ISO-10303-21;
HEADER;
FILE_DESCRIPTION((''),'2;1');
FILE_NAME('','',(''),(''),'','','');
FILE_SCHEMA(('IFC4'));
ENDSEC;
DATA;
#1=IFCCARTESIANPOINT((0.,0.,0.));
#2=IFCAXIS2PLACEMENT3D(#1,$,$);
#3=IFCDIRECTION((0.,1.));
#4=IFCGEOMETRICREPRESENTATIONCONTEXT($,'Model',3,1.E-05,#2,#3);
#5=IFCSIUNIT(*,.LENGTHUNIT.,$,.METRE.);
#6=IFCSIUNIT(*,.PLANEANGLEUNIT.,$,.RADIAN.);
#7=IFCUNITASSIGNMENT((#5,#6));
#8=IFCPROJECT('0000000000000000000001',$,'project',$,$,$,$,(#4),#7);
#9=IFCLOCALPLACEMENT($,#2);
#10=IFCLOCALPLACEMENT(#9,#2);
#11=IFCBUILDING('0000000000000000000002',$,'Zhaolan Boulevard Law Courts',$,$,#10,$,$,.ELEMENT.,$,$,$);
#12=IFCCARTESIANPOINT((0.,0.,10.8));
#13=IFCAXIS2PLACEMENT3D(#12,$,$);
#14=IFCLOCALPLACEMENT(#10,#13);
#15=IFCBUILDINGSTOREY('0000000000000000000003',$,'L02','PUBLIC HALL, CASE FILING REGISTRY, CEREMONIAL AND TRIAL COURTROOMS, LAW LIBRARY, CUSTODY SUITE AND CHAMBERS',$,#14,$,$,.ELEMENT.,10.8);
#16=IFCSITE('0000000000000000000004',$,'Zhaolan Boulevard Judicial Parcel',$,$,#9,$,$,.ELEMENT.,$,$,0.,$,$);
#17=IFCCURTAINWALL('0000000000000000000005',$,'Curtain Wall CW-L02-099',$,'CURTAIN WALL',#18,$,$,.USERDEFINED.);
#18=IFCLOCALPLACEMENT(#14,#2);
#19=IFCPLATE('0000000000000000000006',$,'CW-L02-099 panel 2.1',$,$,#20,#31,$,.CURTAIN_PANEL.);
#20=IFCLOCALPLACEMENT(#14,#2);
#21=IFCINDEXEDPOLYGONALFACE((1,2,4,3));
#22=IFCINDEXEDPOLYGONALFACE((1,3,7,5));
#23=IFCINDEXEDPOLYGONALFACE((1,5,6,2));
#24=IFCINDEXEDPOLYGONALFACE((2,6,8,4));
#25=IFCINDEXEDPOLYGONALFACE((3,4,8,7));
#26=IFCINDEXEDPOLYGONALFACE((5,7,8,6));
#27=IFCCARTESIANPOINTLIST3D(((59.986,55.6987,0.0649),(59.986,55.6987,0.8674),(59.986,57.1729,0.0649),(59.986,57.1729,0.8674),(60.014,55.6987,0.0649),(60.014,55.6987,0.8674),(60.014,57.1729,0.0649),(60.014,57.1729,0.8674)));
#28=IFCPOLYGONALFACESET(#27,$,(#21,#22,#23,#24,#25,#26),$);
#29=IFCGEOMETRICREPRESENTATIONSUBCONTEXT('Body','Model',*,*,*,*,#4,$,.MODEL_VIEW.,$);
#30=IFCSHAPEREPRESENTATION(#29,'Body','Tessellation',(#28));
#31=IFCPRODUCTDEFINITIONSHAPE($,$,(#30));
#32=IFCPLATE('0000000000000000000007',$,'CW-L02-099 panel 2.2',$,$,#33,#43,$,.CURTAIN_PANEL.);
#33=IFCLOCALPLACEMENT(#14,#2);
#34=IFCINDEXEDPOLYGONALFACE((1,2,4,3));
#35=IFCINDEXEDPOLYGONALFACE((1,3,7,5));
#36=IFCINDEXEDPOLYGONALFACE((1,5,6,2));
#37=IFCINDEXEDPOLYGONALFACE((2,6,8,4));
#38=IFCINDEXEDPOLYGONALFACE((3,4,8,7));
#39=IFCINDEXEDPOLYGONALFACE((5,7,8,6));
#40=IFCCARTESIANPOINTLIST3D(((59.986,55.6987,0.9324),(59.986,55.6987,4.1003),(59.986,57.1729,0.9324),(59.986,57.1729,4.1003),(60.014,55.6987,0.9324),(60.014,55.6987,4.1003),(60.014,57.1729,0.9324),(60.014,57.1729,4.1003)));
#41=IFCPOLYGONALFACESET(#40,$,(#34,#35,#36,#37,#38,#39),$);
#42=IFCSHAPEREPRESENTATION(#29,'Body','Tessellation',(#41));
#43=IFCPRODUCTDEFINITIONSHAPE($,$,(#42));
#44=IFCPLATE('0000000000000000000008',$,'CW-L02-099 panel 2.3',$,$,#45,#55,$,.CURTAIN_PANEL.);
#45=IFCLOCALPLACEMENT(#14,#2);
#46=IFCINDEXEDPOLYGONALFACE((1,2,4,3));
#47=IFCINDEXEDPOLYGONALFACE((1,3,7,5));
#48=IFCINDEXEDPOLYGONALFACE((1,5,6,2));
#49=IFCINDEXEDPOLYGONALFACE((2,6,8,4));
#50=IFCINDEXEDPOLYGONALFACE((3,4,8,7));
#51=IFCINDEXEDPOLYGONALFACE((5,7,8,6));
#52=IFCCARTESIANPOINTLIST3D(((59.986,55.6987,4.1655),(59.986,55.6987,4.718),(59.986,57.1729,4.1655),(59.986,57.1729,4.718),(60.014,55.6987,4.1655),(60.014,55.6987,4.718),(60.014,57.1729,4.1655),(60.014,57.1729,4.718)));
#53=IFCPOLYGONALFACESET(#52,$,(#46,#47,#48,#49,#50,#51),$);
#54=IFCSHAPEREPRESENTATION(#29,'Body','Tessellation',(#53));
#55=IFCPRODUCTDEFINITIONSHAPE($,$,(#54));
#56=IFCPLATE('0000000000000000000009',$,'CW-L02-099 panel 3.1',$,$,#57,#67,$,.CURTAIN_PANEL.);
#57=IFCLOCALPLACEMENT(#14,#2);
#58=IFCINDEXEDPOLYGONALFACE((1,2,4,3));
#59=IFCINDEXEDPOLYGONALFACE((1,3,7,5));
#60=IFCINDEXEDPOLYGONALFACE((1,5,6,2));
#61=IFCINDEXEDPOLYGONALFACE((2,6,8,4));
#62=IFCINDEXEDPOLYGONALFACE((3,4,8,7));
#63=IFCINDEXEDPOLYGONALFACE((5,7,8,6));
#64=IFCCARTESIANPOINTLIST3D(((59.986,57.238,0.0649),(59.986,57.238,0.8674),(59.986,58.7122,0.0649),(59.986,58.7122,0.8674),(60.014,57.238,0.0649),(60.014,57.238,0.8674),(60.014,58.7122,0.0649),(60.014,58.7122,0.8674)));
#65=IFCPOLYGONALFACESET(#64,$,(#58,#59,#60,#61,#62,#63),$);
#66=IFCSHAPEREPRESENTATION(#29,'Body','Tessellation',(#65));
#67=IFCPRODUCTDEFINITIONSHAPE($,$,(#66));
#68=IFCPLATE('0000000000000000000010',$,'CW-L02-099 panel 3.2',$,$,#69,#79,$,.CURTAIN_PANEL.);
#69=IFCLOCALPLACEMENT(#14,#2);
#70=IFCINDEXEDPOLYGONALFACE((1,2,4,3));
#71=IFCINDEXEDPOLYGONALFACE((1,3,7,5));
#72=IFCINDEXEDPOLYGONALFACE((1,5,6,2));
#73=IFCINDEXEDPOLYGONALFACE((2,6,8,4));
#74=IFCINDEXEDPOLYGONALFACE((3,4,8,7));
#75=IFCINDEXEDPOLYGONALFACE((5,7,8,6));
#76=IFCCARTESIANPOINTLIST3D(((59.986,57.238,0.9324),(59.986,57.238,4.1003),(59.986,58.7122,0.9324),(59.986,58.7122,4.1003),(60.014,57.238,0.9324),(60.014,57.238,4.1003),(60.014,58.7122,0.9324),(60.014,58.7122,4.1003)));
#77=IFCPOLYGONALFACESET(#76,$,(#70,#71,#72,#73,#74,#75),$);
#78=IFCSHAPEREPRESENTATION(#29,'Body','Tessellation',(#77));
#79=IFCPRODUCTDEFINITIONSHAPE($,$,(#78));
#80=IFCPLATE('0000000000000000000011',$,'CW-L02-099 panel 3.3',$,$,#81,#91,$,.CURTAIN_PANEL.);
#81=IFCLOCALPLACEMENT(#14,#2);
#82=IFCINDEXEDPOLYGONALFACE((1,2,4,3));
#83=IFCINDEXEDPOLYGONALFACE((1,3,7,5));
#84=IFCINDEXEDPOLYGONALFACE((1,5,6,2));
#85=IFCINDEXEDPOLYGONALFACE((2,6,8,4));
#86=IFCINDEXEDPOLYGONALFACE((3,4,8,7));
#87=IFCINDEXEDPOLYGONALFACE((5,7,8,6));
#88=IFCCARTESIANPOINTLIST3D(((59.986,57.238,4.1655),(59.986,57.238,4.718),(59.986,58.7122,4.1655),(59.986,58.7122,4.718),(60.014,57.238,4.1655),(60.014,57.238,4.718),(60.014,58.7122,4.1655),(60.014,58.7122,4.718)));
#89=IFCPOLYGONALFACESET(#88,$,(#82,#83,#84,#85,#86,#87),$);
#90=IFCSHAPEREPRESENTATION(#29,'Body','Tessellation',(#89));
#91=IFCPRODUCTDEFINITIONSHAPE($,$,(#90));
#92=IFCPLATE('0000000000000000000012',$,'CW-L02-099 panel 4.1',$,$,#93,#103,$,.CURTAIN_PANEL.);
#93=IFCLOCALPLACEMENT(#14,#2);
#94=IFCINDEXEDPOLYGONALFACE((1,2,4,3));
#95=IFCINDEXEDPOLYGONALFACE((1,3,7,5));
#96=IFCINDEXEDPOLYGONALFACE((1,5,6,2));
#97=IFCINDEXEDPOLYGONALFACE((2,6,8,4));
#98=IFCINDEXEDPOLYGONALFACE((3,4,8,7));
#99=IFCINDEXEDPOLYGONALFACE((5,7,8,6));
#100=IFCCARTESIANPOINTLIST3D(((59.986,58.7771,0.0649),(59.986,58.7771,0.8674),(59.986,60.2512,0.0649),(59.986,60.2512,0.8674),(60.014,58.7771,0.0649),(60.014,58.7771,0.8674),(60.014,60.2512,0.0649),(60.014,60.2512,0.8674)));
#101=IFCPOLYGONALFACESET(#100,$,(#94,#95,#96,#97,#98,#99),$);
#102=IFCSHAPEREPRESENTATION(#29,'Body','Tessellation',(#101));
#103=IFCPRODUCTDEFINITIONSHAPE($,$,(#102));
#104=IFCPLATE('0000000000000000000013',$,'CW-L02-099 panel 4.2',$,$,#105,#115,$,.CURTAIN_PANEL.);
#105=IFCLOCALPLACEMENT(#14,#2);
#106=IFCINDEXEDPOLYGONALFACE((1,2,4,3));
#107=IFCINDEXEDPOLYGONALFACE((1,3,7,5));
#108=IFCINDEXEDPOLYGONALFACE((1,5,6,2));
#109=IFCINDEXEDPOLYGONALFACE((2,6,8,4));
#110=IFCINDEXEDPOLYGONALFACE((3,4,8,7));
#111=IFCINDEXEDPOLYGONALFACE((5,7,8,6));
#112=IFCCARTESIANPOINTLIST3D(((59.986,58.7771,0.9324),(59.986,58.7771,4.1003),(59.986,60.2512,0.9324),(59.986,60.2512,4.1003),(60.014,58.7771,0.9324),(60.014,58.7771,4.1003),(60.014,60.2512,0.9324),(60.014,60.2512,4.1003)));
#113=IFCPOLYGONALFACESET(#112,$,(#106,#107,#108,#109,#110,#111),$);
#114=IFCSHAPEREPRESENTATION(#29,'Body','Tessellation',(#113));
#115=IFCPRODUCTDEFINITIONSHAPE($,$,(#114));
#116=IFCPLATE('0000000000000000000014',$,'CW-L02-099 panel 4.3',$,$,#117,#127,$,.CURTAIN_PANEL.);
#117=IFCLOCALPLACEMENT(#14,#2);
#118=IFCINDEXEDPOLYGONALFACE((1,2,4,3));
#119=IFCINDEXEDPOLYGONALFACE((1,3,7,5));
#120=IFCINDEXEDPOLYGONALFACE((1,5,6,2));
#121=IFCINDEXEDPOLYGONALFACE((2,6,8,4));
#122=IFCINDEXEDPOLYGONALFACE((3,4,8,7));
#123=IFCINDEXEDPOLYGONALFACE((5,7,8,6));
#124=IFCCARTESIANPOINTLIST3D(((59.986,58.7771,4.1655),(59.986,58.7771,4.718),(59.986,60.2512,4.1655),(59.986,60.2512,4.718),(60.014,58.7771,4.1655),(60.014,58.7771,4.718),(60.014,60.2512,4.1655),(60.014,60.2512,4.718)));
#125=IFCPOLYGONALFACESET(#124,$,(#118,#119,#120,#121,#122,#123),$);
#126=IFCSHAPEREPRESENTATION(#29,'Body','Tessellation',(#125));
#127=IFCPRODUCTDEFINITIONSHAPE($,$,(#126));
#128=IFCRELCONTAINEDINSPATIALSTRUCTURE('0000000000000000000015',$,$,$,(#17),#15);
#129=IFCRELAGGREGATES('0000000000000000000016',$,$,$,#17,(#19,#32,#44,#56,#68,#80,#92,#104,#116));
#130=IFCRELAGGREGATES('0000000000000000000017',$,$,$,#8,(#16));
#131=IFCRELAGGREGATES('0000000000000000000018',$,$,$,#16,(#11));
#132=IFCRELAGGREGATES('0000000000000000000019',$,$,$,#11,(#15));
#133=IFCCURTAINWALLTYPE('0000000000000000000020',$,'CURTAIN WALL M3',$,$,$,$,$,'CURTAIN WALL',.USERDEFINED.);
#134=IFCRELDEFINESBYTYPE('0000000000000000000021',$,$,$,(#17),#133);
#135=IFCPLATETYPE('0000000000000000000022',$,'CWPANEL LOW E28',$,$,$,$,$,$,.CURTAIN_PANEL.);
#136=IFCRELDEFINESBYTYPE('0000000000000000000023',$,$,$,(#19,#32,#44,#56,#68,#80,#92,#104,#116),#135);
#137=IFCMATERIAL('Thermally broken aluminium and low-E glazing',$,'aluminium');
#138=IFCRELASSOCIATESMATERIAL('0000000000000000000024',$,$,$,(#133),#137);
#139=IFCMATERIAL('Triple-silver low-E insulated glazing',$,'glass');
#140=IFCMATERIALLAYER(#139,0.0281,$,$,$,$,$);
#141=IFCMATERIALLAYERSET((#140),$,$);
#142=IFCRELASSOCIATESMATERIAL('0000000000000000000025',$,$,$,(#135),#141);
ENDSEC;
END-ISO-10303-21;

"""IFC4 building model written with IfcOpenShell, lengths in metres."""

from ifc_helpers import new_model, si_unit, direction, frame, origin, origin_2d, place, context, subcontext, project, spatial, rectangle, extrude, material, layer, layer_set, type_object, element, aggregate, save


model = new_model("IFC4")

# Units and contexts
model_context = context("Model", 3, precision=1e-05, world=origin(), true_north=direction((0.0, 1.0)))
body_context = subcontext(model_context, "Body", "Model", "MODEL_VIEW")
ifc_project = project(units=[si_unit("LENGTHUNIT", "METRE"), si_unit("PLANEANGLEUNIT", "RADIAN")], contexts=[model_context])

# Site, building, storey
site_placement = place(None, origin())
site = spatial("IfcSite", under=ifc_project, at=site_placement, Name="Zhaolan Boulevard Judicial Parcel", CompositionType="ELEMENT", RefElevation=0.0)
building_placement = place(site_placement, origin())
building = spatial("IfcBuilding", under=site, at=building_placement, Name="Zhaolan Boulevard Law Courts", CompositionType="ELEMENT")
storey_placement = place(building_placement, frame((0.0, 0.0, 10.8)))
storey = spatial("IfcBuildingStorey", under=building, at=storey_placement, Name="L02", Description="PUBLIC HALL, CASE FILING REGISTRY, CEREMONIAL AND TRIAL COURTROOMS, LAW LIBRARY, CUSTODY SUITE AND CHAMBERS", CompositionType="ELEMENT", Elevation=10.8)

# Curtain wall, plates
ifc_material_1 = material(Name="Thermally broken aluminium and low-E glazing", Category="aluminium")
curtain_wall_type = type_object("IfcCurtainWallType", Name="CURTAIN WALL M3", ElementType="CURTAIN WALL", PredefinedType="USERDEFINED", material=ifc_material_1)
curtain_wall_placement = place(storey_placement, origin())
curtain_wall = element("IfcCurtainWall", 1, at=curtain_wall_placement, inside=storey, type_object=curtain_wall_type, Name="Curtain Wall CW-L02-099", ObjectType="CURTAIN WALL", PredefinedType="USERDEFINED")
ifc_material_2 = material(Name="Triple-silver low-E insulated glazing", Category="glass")
ifc_layer = layer(ifc_material_2, 0.0281)
ifc_layer_set = layer_set([ifc_layer])
plate_type = type_object("IfcPlateType", Name="CWPANEL LOW E28", PredefinedType="CURTAIN_PANEL", material=ifc_layer_set)
plate_1_placement = place(storey_placement, frame((60.0, 56.4358, 0.0649), z_axis=(0.0, 0.0, 1.0), x_axis=(0.0, 1.0, 0.0)))
plate_1 = element("IfcPlate", 2, at=plate_1_placement, type_object=plate_type, Name="CW-L02-099 panel 2.1", PredefinedType="CURTAIN_PANEL", context=body_context, shape_type="SweptSolid", body=[
    extrude(rectangle(XDim=1.4741, YDim=0.0281, at=origin_2d()), origin(), (0.0, 0.0, 1.0), 0.8025),
])
plate_2_placement = place(storey_placement, frame((60.0, 56.4358, 0.9324), z_axis=(0.0, 0.0, 1.0), x_axis=(0.0, 1.0, 0.0)))
plate_2 = element("IfcPlate", 3, at=plate_2_placement, type_object=plate_type, Name="CW-L02-099 panel 2.2", PredefinedType="CURTAIN_PANEL", context=body_context, shape_type="SweptSolid", body=[
    extrude(rectangle(XDim=1.4741, YDim=0.0281, at=origin_2d()), origin(), (0.0, 0.0, 1.0), 3.168),
])
plate_3_placement = place(storey_placement, frame((60.0, 56.4358, 4.1655), z_axis=(0.0, 0.0, 1.0), x_axis=(0.0, 1.0, 0.0)))
plate_3 = element("IfcPlate", 4, at=plate_3_placement, type_object=plate_type, Name="CW-L02-099 panel 2.3", PredefinedType="CURTAIN_PANEL", context=body_context, shape_type="SweptSolid", body=[
    extrude(rectangle(XDim=1.4741, YDim=0.0281, at=origin_2d()), origin(), (0.0, 0.0, 1.0), 0.5525),
])
plate_4_placement = place(storey_placement, frame((60.0, 57.9751, 0.0649), z_axis=(0.0, 0.0, 1.0), x_axis=(0.0, 1.0, 0.0)))
plate_4 = element("IfcPlate", 5, at=plate_4_placement, type_object=plate_type, Name="CW-L02-099 panel 3.1", PredefinedType="CURTAIN_PANEL", context=body_context, shape_type="SweptSolid", body=[
    extrude(rectangle(XDim=1.4741, YDim=0.0281, at=origin_2d()), origin(), (0.0, 0.0, 1.0), 0.8025),
])
plate_5_placement = place(storey_placement, frame((60.0, 57.9751, 0.9324), z_axis=(0.0, 0.0, 1.0), x_axis=(0.0, 1.0, 0.0)))
plate_5 = element("IfcPlate", 6, at=plate_5_placement, type_object=plate_type, Name="CW-L02-099 panel 3.2", PredefinedType="CURTAIN_PANEL", context=body_context, shape_type="SweptSolid", body=[
    extrude(rectangle(XDim=1.4741, YDim=0.0281, at=origin_2d()), origin(), (0.0, 0.0, 1.0), 3.168),
])
plate_6_placement = place(storey_placement, frame((60.0, 57.9751, 4.1655), z_axis=(0.0, 0.0, 1.0), x_axis=(0.0, 1.0, 0.0)))
plate_6 = element("IfcPlate", 7, at=plate_6_placement, type_object=plate_type, Name="CW-L02-099 panel 3.3", PredefinedType="CURTAIN_PANEL", context=body_context, shape_type="SweptSolid", body=[
    extrude(rectangle(XDim=1.4741, YDim=0.0281, at=origin_2d()), origin(), (0.0, 0.0, 1.0), 0.5525),
])
plate_7_placement = place(storey_placement, frame((60.0, 59.5142, 0.0649), z_axis=(0.0, 0.0, 1.0), x_axis=(0.0, 1.0, 0.0)))
plate_7 = element("IfcPlate", 8, at=plate_7_placement, type_object=plate_type, Name="CW-L02-099 panel 4.1", PredefinedType="CURTAIN_PANEL", context=body_context, shape_type="SweptSolid", body=[
    extrude(rectangle(XDim=1.4741, YDim=0.0281, at=origin_2d()), origin(), (0.0, 0.0, 1.0), 0.8025),
])
plate_8_placement = place(storey_placement, frame((60.0, 59.5142, 0.9324), z_axis=(0.0, 0.0, 1.0), x_axis=(0.0, 1.0, 0.0)))
plate_8 = element("IfcPlate", 9, at=plate_8_placement, type_object=plate_type, Name="CW-L02-099 panel 4.2", PredefinedType="CURTAIN_PANEL", context=body_context, shape_type="SweptSolid", body=[
    extrude(rectangle(XDim=1.4741, YDim=0.0281, at=origin_2d()), origin(), (0.0, 0.0, 1.0), 3.168),
])
plate_9_placement = place(storey_placement, frame((60.0, 59.5142, 4.1655), z_axis=(0.0, 0.0, 1.0), x_axis=(0.0, 1.0, 0.0)))
plate_9 = element("IfcPlate", 10, at=plate_9_placement, type_object=plate_type, Name="CW-L02-099 panel 4.3", PredefinedType="CURTAIN_PANEL", context=body_context, shape_type="SweptSolid", body=[
    extrude(rectangle(XDim=1.4741, YDim=0.0281, at=origin_2d()), origin(), (0.0, 0.0, 1.0), 0.5525),
])
aggregate(curtain_wall, [plate_1, plate_2, plate_3, plate_4, plate_5, plate_6, plate_7, plate_8, plate_9])

save(model, "model.ifc")
